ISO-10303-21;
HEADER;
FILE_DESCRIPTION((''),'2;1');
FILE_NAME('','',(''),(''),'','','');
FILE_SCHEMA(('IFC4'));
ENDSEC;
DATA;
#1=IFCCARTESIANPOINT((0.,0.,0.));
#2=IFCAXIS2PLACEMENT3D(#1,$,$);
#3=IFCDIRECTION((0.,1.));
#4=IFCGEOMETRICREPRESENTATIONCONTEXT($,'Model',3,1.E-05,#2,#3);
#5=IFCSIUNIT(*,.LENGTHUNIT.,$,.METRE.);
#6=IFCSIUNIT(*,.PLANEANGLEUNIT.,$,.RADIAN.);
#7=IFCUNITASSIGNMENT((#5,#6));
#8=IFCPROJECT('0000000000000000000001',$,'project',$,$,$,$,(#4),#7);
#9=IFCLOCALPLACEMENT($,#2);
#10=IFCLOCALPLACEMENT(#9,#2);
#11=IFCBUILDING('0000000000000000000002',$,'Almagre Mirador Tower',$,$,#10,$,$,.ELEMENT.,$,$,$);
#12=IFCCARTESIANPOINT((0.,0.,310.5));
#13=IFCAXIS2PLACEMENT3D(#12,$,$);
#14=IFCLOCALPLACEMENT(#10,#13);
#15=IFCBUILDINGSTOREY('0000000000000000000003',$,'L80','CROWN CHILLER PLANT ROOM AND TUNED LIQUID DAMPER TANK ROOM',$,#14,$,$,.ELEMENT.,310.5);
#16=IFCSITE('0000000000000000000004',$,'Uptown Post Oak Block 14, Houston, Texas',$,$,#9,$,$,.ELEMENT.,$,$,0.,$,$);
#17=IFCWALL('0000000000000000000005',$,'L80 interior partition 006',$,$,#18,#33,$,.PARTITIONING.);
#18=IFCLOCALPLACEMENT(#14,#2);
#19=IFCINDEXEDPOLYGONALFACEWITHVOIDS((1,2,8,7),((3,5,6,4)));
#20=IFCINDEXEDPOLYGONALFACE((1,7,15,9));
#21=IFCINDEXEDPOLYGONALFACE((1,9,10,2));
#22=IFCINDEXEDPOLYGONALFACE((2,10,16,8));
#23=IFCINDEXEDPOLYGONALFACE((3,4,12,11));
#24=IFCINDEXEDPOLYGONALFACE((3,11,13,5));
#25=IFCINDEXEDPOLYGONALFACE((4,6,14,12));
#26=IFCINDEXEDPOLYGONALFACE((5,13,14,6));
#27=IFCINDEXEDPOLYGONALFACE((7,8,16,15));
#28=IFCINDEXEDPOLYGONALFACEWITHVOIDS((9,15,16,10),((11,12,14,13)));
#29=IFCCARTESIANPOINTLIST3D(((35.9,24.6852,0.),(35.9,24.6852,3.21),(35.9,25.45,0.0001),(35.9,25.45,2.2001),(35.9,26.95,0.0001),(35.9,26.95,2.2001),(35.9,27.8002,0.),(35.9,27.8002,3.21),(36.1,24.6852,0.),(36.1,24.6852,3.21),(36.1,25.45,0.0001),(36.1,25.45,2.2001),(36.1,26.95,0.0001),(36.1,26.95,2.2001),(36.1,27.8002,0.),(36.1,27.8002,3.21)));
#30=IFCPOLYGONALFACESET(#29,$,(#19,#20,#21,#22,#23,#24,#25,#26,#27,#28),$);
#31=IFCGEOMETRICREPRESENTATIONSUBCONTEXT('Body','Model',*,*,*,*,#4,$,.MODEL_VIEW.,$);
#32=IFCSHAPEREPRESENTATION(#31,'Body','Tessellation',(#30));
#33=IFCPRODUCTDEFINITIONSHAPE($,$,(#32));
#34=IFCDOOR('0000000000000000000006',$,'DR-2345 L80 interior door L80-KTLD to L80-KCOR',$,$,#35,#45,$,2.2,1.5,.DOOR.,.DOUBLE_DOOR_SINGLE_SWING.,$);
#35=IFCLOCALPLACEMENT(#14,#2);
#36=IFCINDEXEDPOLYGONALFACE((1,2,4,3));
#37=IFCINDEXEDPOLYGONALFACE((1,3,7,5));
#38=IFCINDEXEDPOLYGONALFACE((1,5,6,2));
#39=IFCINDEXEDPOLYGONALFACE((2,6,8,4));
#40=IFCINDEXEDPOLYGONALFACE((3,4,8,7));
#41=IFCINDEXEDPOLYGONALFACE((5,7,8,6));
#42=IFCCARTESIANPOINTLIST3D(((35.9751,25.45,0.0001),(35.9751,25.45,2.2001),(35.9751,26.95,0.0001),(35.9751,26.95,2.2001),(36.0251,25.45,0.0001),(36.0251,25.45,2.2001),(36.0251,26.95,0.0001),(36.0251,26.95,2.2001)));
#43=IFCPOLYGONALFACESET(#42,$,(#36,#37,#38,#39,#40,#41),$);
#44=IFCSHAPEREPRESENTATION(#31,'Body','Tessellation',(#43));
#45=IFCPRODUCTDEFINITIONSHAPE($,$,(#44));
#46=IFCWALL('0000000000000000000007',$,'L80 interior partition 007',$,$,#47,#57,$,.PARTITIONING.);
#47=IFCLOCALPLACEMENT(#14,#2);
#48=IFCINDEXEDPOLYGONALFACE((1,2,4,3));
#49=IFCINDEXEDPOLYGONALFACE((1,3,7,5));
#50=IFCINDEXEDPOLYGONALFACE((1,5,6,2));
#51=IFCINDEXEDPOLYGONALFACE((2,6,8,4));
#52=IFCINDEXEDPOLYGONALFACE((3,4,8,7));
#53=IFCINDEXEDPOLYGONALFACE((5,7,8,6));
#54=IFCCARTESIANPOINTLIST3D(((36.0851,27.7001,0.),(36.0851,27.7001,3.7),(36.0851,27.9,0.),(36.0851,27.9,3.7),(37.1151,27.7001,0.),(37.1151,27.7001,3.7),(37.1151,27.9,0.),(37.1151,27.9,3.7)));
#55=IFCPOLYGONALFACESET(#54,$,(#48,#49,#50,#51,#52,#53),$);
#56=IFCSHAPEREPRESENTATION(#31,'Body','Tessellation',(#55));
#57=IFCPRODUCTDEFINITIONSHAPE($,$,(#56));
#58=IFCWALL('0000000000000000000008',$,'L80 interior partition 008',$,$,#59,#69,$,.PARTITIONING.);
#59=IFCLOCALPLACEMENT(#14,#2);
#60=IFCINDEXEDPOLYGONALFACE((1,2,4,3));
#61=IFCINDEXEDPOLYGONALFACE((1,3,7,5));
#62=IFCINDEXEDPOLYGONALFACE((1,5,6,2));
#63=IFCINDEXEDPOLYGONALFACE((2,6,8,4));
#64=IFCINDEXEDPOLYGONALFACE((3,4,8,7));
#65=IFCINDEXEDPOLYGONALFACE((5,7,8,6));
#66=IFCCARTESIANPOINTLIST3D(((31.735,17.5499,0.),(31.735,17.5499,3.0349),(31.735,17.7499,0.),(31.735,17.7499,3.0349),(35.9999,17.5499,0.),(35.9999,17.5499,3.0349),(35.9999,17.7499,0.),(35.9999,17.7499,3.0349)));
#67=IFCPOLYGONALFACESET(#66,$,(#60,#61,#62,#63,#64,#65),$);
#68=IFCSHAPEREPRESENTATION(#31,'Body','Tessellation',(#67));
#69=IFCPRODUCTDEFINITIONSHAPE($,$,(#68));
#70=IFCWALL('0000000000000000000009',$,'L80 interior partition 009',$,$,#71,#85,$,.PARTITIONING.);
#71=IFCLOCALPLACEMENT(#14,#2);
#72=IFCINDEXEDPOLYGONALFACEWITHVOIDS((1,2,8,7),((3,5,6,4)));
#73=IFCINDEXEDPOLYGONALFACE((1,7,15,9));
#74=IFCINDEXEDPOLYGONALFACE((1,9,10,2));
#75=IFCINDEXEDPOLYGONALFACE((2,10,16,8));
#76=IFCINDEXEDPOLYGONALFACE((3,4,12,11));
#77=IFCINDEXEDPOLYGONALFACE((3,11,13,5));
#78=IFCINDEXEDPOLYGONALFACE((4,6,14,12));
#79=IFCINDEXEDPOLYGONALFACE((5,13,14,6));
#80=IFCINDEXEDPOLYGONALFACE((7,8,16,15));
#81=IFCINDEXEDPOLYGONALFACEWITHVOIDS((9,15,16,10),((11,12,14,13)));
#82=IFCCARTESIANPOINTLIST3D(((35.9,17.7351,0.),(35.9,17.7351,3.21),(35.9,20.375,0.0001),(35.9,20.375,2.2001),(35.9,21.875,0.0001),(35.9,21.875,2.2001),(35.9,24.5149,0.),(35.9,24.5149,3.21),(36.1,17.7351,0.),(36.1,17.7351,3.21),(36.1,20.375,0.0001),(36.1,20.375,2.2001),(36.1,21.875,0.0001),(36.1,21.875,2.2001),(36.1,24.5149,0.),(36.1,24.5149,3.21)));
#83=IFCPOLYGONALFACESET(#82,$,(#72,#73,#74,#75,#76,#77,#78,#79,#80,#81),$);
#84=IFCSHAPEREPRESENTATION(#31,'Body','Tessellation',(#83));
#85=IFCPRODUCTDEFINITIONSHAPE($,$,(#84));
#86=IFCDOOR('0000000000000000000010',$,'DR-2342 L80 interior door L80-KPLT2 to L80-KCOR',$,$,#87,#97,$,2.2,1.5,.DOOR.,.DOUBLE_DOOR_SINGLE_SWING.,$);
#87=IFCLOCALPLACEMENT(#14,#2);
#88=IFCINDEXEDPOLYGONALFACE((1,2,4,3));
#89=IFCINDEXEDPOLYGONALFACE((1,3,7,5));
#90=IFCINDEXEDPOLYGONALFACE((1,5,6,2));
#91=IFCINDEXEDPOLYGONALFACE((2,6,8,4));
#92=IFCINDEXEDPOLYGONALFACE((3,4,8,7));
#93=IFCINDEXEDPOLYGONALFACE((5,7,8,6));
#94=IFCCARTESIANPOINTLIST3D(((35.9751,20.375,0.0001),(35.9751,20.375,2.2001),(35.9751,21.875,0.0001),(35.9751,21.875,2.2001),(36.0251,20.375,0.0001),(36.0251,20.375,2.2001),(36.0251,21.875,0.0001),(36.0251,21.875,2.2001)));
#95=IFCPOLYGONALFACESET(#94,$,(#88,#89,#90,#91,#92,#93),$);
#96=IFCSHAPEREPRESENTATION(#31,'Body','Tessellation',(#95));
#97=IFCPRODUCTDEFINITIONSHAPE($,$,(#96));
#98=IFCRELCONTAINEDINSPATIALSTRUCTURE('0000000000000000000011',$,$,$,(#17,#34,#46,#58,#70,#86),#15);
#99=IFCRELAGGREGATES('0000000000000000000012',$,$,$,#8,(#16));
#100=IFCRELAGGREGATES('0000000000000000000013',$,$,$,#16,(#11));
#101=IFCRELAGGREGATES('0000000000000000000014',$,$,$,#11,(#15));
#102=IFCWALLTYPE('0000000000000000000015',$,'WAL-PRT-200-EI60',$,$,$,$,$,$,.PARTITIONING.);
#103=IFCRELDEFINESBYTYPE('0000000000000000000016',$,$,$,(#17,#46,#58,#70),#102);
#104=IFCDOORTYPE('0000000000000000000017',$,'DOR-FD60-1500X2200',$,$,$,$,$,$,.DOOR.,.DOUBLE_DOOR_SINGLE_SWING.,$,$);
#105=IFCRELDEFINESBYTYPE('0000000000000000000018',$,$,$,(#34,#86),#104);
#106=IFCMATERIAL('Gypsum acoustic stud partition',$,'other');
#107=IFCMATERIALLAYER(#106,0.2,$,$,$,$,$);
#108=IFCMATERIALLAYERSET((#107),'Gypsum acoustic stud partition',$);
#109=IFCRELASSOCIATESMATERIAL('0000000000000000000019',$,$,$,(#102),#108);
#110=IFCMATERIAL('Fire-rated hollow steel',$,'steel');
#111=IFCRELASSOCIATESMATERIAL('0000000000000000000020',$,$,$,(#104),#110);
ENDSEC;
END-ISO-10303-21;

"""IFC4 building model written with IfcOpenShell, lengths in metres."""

from ifc_helpers import new_model, si_unit, direction, frame, frame_2d, origin, place, context, subcontext, project, spatial, rectangle, extrude, material, layer, layer_set, type_object, element, fill, save


model = new_model("IFC4")

# Units and contexts
model_context = context("Model", 3, precision=1e-05, world=origin(), true_north=direction((0.0, 1.0)))
body_context = subcontext(model_context, "Body", "Model", "MODEL_VIEW")
ifc_project = project(units=[si_unit("LENGTHUNIT", "METRE"), si_unit("PLANEANGLEUNIT", "RADIAN")], contexts=[model_context])

# Site, building, storey
site_placement = place(None, origin())
site = spatial("IfcSite", under=ifc_project, at=site_placement, Name="Uptown Post Oak Block 14, Houston, Texas", CompositionType="ELEMENT", RefElevation=0.0)
building_placement = place(site_placement, origin())
building = spatial("IfcBuilding", under=site, at=building_placement, Name="Almagre Mirador Tower", CompositionType="ELEMENT")
storey_placement = place(building_placement, frame((0.0, 0.0, 310.5)))
storey = spatial("IfcBuildingStorey", under=building, at=storey_placement, Name="L80", Description="CROWN CHILLER PLANT ROOM AND TUNED LIQUID DAMPER TANK ROOM", CompositionType="ELEMENT", Elevation=310.5)

# Shared definitions
ifc_material_1 = material(Name="Gypsum acoustic stud partition", Category="other")
ifc_layer_1 = layer(ifc_material_1, 0.2)
ifc_layer_set_1 = layer_set([ifc_layer_1], Name="Gypsum acoustic stud partition")
wall_type_1 = type_object("IfcWallType", Name="WAL-PRT-200-EI60", PredefinedType="PARTITIONING", material=ifc_layer_set_1)

# Wall, opening, door
wall_1_placement = place(storey_placement, frame((36.0, 24.6851, 0.0), z_axis=(0.0, 0.0, 1.0), x_axis=(0.0, 1.0, 0.0)))
wall_1 = element("IfcWall", 1, at=wall_1_placement, inside=storey, type_object=wall_type_1, Name="L80 interior partition 006", PredefinedType="PARTITIONING", context=body_context, shape_type="SweptSolid", body=[
    extrude(rectangle(XDim=3.115, YDim=0.2, at=frame_2d((1.5576, 0.0))), origin(), (0.0, 0.0, 1.0), 3.21),
])
opening_1_placement = place(wall_1_placement, frame((0.7649, 0.0, 0.0)))
opening_1 = element("IfcOpeningElement", 2, at=opening_1_placement, cuts=wall_1, PredefinedType="OPENING", context=body_context, shape_type="SweptSolid", body=[
    extrude(rectangle(XDim=1.5, YDim=2.2, at=frame_2d((0.75, 1.1001))), frame((0.0, 0.1101, 0.0), z_axis=(0.0, -1.0, 0.0), x_axis=(1.0, 0.0, 0.0)), (0.0, 0.0, 1.0), 0.22),
])
ifc_material_2 = material(Name="Fire-rated hollow steel", Category="steel")
door_type = type_object("IfcDoorType", Name="DOR-FD60-1500X2200", OperationType="DOUBLE_DOOR_SINGLE_SWING", PredefinedType="DOOR", material=ifc_material_2)
door_1_placement = place(opening_1_placement, origin())
door_1 = element("IfcDoor", 3, at=door_1_placement, inside=storey, type_object=door_type, Name="DR-2345 L80 interior door L80-KTLD to L80-KCOR", OperationType="DOUBLE_DOOR_SINGLE_SWING", OverallHeight=2.2, OverallWidth=1.5, PredefinedType="DOOR", context=body_context, shape_type="SweptSolid", body=[
    extrude(rectangle(XDim=1.5, YDim=2.2, at=frame_2d((0.75, 1.1001))), frame((0.0, 0.0249, 0.0), z_axis=(0.0, -1.0, 0.0), x_axis=(1.0, 0.0, 0.0)), (0.0, 0.0, 1.0), 0.05),
])
fill(opening_1, door_1)

# Walls
wall_2_placement = place(storey_placement, frame((36.085, 27.8, 0.0), z_axis=(0.0, 0.0, 1.0), x_axis=(1.0, 0.0, 0.0)))
element("IfcWall", 4, at=wall_2_placement, inside=storey, type_object=wall_type_1, Name="L80 interior partition 007", PredefinedType="PARTITIONING", context=body_context, shape_type="SweptSolid", body=[
    extrude(rectangle(XDim=1.03, YDim=0.2, at=frame_2d((0.5151, 0.0))), origin(), (0.0, 0.0, 1.0), 3.7),
])
wall_3_placement = place(storey_placement, frame((31.7351, 17.6499, 0.0), z_axis=(0.0, 0.0, 1.0), x_axis=(1.0, 0.0, 0.0)))
element("IfcWall", 5, at=wall_3_placement, inside=storey, type_object=wall_type_1, Name="L80 interior partition 008", PredefinedType="PARTITIONING", context=body_context, shape_type="SweptSolid", body=[
    extrude(rectangle(XDim=4.2649, YDim=0.2, at=frame_2d((2.1323, 0.0))), origin(), (0.0, 0.0, 1.0), 3.0349),
])

# Wall, opening, door
wall_4_placement = place(storey_placement, frame((36.0, 17.7351, 0.0), z_axis=(0.0, 0.0, 1.0), x_axis=(0.0, 1.0, 0.0)))
wall_4 = element("IfcWall", 6, at=wall_4_placement, inside=storey, type_object=wall_type_1, Name="L80 interior partition 009", PredefinedType="PARTITIONING", context=body_context, shape_type="SweptSolid", body=[
    extrude(rectangle(XDim=6.7798, YDim=0.2, at=frame_2d((3.3899, 0.0))), origin(), (0.0, 0.0, 1.0), 3.21),
])
opening_2_placement = place(wall_4_placement, frame((2.6399, 0.0, 0.0)))
opening_2 = element("IfcOpeningElement", 7, at=opening_2_placement, cuts=wall_4, PredefinedType="OPENING", context=body_context, shape_type="SweptSolid", body=[
    extrude(rectangle(XDim=1.5, YDim=2.2, at=frame_2d((0.75, 1.1001))), frame((0.0, 0.1101, 0.0), z_axis=(0.0, -1.0, 0.0), x_axis=(1.0, 0.0, 0.0)), (0.0, 0.0, 1.0), 0.22),
])
door_2_placement = place(opening_2_placement, origin())
door_2 = element("IfcDoor", 8, at=door_2_placement, inside=storey, type_object=door_type, Name="DR-2342 L80 interior door L80-KPLT2 to L80-KCOR", OperationType="DOUBLE_DOOR_SINGLE_SWING", OverallHeight=2.2, OverallWidth=1.5, PredefinedType="DOOR", context=body_context, shape_type="SweptSolid", body=[
    extrude(rectangle(XDim=1.5, YDim=2.2, at=frame_2d((0.75, 1.1001))), frame((0.0, 0.0249, 0.0), z_axis=(0.0, -1.0, 0.0), x_axis=(1.0, 0.0, 0.0)), (0.0, 0.0, 1.0), 0.05),
])
fill(opening_2, door_2)

save(model, "model.ifc")
